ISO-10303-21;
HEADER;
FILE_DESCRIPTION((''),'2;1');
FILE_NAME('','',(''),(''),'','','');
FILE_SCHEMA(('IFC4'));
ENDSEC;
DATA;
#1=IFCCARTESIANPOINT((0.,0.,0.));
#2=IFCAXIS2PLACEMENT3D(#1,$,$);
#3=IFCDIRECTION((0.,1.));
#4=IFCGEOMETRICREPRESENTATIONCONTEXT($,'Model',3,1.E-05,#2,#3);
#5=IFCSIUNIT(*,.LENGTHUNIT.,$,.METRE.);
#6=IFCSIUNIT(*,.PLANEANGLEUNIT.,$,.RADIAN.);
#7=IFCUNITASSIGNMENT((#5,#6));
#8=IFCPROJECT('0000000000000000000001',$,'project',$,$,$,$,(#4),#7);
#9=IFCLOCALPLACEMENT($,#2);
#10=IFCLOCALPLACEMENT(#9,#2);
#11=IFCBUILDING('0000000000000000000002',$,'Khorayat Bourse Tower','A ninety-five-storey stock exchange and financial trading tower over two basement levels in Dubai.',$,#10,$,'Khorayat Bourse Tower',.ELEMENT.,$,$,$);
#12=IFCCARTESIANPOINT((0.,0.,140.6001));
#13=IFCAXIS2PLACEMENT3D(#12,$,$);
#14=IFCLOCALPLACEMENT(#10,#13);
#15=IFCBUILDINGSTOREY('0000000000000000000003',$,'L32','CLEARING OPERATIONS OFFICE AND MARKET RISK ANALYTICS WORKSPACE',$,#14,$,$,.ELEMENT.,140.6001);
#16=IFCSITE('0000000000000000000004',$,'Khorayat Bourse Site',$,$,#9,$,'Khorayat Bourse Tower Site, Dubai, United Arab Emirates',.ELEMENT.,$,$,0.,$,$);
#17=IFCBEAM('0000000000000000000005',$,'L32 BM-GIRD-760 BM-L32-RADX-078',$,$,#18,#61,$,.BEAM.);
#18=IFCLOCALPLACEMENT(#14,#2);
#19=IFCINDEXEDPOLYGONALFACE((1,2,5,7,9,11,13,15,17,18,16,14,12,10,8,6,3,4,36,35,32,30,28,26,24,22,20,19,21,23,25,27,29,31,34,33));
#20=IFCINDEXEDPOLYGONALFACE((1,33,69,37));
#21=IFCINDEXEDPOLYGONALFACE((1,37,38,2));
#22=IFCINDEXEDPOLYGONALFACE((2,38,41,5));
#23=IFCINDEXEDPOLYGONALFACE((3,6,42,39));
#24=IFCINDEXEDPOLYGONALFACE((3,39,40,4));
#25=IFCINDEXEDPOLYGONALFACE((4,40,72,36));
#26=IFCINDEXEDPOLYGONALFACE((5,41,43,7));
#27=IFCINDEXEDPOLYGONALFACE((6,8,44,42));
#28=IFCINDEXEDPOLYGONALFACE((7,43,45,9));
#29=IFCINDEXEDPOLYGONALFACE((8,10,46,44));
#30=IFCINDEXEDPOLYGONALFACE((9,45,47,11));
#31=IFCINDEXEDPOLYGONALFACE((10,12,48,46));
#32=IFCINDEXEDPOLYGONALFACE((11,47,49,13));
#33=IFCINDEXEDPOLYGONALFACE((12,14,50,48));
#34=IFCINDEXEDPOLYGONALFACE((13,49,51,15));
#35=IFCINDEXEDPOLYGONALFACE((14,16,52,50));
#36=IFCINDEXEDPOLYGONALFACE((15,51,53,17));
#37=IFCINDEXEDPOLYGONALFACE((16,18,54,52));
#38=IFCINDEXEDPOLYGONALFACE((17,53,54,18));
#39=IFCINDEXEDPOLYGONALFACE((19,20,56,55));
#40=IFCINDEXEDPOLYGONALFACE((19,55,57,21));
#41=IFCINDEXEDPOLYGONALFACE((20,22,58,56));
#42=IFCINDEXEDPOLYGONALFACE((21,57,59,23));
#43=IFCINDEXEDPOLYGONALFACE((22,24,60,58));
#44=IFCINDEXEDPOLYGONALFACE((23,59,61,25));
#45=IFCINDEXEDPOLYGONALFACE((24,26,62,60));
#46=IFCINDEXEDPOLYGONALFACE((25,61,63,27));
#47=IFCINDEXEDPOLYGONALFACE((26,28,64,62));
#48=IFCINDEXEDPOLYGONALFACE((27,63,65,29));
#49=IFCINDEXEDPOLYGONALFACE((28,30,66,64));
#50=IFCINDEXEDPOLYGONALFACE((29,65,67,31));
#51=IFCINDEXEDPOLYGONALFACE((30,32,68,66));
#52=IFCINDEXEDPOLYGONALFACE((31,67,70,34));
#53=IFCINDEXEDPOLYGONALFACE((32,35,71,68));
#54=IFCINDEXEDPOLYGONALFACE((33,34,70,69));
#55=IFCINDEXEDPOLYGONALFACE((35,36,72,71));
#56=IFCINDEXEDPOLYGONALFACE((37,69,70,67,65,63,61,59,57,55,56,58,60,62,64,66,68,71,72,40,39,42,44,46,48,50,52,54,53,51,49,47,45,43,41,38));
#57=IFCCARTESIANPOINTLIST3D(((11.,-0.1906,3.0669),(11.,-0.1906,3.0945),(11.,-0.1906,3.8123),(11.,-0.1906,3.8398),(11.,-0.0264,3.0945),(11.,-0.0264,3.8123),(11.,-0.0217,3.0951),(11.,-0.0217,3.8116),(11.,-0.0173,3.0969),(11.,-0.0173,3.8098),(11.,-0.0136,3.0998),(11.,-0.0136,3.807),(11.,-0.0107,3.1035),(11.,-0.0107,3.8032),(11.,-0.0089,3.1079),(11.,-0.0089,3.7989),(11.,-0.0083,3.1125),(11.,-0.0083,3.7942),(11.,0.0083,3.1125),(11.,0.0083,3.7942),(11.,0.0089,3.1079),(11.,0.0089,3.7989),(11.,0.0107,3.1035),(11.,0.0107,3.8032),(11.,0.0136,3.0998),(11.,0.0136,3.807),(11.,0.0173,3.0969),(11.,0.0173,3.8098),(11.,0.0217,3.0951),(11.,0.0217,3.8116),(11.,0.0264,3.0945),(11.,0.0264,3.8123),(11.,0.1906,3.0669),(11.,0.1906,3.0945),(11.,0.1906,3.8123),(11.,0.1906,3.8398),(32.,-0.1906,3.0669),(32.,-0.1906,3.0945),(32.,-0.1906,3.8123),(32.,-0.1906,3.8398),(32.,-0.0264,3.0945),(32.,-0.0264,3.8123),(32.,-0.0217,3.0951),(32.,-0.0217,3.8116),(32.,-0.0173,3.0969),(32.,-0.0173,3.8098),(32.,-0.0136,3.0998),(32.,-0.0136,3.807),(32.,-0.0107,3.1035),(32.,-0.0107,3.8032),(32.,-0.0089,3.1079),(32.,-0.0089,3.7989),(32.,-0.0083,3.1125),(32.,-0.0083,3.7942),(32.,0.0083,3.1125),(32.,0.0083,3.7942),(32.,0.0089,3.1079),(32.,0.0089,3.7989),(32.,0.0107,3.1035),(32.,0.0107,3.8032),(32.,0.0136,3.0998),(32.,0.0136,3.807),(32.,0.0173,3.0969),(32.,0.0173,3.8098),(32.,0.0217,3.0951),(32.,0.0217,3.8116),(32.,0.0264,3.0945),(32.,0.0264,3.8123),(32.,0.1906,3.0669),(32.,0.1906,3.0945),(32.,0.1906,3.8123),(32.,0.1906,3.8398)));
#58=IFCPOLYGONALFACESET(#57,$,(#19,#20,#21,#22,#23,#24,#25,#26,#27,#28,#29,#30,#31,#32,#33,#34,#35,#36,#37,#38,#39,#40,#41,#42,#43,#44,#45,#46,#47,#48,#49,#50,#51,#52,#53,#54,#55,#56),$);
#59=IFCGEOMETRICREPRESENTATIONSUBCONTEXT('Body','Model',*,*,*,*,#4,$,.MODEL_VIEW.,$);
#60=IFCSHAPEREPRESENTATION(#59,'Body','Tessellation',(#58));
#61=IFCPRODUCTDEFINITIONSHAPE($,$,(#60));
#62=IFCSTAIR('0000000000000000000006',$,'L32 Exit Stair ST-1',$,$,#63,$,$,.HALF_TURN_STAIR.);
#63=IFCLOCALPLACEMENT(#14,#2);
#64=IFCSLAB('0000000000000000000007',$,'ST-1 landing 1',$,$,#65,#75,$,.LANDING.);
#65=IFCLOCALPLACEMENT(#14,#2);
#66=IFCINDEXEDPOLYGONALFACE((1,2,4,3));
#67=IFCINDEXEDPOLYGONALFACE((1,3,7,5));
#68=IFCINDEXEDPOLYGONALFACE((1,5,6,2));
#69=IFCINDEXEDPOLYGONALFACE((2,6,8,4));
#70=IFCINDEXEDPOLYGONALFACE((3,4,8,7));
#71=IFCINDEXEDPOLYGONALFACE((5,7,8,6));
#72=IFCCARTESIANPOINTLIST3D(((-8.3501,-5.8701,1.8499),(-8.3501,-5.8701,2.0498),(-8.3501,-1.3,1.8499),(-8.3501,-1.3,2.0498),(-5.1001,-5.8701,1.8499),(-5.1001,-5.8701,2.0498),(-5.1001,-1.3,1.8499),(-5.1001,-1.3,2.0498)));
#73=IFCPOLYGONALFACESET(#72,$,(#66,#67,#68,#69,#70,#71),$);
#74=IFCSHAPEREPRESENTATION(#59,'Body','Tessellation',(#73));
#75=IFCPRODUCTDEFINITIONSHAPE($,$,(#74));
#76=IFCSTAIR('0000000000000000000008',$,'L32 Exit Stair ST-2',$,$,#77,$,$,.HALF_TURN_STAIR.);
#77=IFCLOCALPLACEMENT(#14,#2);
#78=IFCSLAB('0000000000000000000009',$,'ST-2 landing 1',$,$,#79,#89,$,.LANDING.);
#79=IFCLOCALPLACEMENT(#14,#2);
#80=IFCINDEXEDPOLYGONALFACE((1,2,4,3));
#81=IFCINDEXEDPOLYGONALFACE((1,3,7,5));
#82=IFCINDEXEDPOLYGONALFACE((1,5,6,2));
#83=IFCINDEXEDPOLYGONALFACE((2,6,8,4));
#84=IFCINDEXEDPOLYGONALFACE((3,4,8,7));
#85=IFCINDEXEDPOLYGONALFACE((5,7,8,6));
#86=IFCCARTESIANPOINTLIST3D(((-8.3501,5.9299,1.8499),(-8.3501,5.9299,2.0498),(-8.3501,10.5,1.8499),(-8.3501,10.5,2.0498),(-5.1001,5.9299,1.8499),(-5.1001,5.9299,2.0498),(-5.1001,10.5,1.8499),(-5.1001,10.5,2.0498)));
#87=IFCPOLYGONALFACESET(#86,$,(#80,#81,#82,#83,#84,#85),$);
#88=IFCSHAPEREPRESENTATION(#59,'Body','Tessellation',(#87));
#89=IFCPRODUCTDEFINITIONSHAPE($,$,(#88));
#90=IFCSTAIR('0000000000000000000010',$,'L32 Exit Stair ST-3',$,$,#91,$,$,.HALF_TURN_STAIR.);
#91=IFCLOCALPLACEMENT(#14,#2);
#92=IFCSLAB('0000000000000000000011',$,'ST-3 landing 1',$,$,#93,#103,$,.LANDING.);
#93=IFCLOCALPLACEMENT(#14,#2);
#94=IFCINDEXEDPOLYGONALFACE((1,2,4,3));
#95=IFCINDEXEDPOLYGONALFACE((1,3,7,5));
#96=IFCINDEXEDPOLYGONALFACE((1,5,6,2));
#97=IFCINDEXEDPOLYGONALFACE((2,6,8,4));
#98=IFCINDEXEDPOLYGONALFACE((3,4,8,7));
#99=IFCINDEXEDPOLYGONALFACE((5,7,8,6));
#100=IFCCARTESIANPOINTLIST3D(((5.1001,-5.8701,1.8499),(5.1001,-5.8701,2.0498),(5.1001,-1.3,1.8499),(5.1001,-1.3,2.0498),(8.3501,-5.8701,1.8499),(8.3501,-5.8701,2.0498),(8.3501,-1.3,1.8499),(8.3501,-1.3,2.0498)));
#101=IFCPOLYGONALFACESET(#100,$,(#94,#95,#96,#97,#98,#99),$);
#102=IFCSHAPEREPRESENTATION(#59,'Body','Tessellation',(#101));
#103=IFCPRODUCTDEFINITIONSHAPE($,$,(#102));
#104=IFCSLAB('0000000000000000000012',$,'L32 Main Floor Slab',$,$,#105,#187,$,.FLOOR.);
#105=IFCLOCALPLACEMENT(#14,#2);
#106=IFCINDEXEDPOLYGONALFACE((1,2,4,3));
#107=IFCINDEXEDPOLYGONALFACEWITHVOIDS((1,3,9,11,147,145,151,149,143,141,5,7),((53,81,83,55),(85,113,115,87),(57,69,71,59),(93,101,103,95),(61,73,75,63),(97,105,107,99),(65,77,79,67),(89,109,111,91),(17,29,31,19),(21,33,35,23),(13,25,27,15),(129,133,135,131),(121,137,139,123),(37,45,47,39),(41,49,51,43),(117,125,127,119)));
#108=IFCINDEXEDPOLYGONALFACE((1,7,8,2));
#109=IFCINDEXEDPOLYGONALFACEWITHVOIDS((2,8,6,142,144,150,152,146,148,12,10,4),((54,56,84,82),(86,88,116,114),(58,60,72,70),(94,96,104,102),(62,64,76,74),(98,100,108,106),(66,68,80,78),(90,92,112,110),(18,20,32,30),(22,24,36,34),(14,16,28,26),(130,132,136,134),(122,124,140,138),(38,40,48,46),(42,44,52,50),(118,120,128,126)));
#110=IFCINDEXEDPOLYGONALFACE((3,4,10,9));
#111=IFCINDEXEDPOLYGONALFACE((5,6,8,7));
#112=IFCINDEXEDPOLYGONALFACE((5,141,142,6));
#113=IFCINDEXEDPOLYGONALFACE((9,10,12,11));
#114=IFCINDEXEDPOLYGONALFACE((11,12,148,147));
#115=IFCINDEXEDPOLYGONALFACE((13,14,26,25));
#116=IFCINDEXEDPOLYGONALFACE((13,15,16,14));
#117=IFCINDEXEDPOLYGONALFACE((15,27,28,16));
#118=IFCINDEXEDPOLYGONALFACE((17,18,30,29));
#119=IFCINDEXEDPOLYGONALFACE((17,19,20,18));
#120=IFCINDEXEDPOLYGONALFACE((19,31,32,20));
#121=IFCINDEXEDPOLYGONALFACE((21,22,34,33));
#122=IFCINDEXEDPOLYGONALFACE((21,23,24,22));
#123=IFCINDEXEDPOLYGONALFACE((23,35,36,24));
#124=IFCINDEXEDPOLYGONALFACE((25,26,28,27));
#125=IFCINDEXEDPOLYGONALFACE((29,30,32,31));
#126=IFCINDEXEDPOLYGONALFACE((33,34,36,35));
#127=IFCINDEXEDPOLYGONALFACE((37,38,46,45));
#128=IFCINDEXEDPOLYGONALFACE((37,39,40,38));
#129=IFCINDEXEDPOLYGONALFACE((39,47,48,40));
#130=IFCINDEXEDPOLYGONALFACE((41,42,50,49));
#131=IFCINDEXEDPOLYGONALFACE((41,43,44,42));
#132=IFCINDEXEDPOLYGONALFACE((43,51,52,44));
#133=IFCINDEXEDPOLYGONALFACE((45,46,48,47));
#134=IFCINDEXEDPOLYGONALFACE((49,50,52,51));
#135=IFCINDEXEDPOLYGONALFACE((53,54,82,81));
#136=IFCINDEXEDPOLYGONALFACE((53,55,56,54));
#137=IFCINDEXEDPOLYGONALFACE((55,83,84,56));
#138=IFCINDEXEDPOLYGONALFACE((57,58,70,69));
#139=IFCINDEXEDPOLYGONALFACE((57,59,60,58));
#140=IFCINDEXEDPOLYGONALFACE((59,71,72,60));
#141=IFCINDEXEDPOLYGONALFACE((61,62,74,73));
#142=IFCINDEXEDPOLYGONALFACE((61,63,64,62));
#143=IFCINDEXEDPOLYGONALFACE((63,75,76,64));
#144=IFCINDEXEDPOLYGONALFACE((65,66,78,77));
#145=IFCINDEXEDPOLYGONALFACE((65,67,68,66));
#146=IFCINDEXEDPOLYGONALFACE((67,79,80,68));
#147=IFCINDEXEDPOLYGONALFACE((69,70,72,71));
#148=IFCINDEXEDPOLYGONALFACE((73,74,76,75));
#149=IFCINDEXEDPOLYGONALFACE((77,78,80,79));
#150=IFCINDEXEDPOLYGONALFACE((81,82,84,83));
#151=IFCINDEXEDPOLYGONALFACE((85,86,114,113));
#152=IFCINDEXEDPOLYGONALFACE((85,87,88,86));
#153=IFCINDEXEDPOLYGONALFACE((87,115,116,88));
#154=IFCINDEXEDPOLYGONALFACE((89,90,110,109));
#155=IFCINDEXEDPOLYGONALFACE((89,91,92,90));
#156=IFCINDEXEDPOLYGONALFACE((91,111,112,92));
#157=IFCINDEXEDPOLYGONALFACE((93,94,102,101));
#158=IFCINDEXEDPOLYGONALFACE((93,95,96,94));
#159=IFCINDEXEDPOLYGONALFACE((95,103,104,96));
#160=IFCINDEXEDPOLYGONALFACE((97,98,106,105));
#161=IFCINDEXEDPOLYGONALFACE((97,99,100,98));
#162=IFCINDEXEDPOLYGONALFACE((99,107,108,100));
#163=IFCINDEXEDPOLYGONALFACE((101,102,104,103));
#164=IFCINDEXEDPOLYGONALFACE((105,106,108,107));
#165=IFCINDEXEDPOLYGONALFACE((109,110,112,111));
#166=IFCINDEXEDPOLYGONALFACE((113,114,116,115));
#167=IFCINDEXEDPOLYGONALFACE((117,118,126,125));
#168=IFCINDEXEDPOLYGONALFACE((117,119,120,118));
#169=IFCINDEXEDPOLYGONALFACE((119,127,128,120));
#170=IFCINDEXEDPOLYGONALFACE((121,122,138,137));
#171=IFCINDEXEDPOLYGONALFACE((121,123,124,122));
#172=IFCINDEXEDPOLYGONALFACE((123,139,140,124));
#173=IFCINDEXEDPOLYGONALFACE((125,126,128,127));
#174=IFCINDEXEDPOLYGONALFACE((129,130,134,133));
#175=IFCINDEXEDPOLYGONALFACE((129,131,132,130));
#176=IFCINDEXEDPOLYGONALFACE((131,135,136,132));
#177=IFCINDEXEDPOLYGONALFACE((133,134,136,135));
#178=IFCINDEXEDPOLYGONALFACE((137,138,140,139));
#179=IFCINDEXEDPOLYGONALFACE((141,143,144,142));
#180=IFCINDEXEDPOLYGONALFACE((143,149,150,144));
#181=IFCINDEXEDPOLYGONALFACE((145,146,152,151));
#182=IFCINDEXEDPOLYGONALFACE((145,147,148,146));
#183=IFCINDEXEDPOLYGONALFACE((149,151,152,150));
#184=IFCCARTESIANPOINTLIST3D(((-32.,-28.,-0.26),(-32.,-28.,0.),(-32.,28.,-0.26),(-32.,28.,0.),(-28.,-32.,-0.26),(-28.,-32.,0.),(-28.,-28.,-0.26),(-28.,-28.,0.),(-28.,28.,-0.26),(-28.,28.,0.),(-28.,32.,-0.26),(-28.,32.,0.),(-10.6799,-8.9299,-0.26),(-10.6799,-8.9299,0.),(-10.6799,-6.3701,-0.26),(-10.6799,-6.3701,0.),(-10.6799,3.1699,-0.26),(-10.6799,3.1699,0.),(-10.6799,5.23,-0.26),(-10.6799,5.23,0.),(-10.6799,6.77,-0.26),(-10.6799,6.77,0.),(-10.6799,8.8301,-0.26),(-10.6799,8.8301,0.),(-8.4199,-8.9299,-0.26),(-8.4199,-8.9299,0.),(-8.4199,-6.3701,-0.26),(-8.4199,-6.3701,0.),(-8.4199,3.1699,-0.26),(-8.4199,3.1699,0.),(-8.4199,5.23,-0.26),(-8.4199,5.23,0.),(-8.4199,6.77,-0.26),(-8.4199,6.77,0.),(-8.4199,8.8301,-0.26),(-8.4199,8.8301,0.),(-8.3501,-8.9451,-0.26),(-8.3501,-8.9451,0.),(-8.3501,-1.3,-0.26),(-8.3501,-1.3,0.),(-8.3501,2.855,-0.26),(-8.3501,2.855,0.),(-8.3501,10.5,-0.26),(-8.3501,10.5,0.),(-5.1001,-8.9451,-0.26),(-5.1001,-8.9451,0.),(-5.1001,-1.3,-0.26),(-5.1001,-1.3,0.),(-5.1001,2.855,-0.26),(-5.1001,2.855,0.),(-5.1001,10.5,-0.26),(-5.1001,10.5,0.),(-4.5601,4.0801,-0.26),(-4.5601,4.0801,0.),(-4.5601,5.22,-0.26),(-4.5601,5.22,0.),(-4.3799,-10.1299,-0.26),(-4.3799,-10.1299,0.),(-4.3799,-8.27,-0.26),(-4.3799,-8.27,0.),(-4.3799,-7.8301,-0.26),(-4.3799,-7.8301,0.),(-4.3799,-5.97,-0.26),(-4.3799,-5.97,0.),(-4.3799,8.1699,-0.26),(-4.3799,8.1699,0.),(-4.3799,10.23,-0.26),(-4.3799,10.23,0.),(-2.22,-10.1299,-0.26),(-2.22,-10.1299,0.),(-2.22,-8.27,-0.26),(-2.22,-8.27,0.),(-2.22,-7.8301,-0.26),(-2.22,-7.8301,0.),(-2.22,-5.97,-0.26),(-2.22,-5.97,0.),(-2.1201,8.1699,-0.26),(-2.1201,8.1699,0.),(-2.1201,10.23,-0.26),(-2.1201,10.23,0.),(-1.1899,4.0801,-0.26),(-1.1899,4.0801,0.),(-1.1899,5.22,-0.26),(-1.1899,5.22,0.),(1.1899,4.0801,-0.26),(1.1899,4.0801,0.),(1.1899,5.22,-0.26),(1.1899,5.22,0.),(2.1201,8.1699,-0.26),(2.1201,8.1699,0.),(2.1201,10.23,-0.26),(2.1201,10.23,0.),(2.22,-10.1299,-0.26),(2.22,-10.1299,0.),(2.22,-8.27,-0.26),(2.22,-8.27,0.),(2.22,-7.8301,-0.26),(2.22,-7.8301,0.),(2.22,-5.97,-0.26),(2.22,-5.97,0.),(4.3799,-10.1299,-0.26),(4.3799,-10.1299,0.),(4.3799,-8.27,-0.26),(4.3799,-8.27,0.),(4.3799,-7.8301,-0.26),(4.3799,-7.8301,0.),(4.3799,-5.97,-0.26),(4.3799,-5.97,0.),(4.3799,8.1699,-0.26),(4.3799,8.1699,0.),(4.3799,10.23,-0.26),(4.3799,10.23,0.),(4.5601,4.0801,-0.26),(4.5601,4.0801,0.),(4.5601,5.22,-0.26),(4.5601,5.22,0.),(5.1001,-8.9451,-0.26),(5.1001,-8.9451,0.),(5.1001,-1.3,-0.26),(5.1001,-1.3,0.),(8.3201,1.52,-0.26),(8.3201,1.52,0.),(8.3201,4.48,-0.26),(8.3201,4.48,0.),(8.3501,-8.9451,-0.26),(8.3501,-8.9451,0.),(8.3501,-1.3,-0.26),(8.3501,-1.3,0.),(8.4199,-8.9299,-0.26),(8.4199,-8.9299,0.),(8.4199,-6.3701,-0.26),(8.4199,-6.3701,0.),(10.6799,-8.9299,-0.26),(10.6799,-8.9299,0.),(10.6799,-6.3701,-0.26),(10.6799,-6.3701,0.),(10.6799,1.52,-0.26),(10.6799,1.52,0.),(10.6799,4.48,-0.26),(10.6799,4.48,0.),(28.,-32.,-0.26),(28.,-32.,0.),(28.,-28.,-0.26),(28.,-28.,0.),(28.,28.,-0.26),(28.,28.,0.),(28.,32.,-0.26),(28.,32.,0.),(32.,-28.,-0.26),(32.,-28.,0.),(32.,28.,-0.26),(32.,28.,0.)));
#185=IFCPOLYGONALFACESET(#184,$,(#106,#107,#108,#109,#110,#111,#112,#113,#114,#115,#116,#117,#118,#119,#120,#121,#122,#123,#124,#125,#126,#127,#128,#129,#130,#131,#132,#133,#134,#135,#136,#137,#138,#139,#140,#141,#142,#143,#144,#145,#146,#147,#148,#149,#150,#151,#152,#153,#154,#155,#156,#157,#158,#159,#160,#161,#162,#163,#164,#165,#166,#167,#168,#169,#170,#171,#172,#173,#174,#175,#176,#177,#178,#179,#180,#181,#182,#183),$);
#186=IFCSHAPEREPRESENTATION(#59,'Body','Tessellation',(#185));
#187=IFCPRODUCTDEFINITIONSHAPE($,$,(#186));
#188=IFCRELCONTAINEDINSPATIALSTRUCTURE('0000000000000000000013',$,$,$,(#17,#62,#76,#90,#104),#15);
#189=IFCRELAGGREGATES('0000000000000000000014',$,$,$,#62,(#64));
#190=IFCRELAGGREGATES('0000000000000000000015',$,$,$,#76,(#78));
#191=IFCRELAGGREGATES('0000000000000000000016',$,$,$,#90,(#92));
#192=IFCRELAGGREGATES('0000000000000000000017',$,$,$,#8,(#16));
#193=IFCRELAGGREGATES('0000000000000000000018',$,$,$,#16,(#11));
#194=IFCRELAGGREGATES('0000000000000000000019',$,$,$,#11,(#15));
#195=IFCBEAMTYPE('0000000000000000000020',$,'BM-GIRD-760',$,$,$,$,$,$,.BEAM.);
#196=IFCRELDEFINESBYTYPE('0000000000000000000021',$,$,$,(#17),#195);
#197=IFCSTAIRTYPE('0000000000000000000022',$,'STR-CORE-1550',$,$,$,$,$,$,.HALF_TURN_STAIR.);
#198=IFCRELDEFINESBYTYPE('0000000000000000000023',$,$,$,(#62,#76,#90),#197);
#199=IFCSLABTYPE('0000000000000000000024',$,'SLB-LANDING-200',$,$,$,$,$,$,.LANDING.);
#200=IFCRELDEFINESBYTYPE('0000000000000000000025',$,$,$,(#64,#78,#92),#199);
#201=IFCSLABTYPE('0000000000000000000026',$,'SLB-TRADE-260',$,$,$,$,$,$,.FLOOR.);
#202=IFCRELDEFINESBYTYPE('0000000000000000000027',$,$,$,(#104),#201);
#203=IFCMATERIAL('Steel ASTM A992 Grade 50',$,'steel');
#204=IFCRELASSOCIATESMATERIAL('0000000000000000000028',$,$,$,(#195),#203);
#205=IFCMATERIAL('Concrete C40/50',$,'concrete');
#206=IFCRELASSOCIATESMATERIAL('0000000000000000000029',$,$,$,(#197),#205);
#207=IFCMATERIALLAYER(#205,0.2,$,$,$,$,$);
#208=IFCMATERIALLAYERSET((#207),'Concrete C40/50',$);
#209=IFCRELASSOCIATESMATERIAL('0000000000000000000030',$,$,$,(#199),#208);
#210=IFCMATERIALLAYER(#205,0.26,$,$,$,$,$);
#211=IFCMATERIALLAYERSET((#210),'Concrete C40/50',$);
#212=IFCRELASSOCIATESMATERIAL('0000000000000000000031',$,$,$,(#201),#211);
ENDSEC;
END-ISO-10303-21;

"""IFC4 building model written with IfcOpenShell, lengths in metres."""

from ifc_helpers import new_model, si_unit, direction, frame, origin, origin_2d, place, context, subcontext, project, spatial, polyline, i_section, outline, extrude, source, transform, mapped, material, layer, layer_set, material_profile, profile_set, type_object, element, aggregate, save


model = new_model("IFC4")

# Units and contexts
model_context = context("Model", 3, precision=1e-05, world=origin(), true_north=direction((0.0, 1.0)))
body_context = subcontext(model_context, "Body", "Model", "MODEL_VIEW")
ifc_project = project(units=[si_unit("LENGTHUNIT", "METRE"), si_unit("PLANEANGLEUNIT", "RADIAN")], contexts=[model_context])

# Site, building, storey
site_placement = place(None, origin())
site = spatial("IfcSite", under=ifc_project, at=site_placement, Name="Khorayat Bourse Site", LongName="Khorayat Bourse Tower Site, Dubai, United Arab Emirates", CompositionType="ELEMENT", RefElevation=0.0)
building_placement = place(site_placement, origin())
building = spatial("IfcBuilding", under=site, at=building_placement, Name="Khorayat Bourse Tower", Description="A ninety-five-storey stock exchange and financial trading tower over two basement levels in Dubai.", LongName="Khorayat Bourse Tower", CompositionType="ELEMENT")
storey_placement = place(building_placement, frame((0.0, 0.0, 140.6001)))
storey = spatial("IfcBuildingStorey", under=building, at=storey_placement, Name="L32", Description="CLEARING OPERATIONS OFFICE AND MARKET RISK ANALYTICS WORKSPACE", CompositionType="ELEMENT", Elevation=140.6001)

# Beam
ifc_material_1 = material(Name="Steel ASTM A992 Grade 50", Category="steel")
ifc_material_profile_1 = material_profile(ifc_material_1, i_section(OverallWidth=0.3811, OverallDepth=0.7729, WebThickness=0.0166, FlangeThickness=0.0276, FilletRadius=0.0181, at=origin_2d()), Name="W760X257")
ifc_profile_set_1 = profile_set([ifc_material_profile_1], Name="Steel ASTM A992 Grade 50")
beam_type_1 = type_object("IfcBeamType", Name="BM-GIRD-760", PredefinedType="BEAM", material=ifc_profile_set_1)
shared_shape_1 = source(origin(), body_context, "Body", "SweptSolid", [
    extrude(i_section(OverallWidth=0.3811, OverallDepth=0.7729, WebThickness=0.0166, FlangeThickness=0.0276, FilletRadius=0.0181, at=origin_2d()), origin(), (0.0, 0.0, 1.0), 21.0),
])
beam_1_placement = place(storey_placement, frame((11.0, 0.0, 3.4534), z_axis=(1.0, 0.0, 0.0), x_axis=(0.0, 1.0, 0.0)))
element("IfcBeam", 1, at=beam_1_placement, inside=storey, type_object=beam_type_1, Name="L32 BM-GIRD-760 BM-L32-RADX-078", PredefinedType="BEAM", context=body_context, shape_type="MappedRepresentation", body=[
    mapped(shared_shape_1, transform((0.0, 0.0, 0.0), scale=1.0)),
])

# Stairs, slabs
ifc_material_2 = material(Name="Concrete C40/50", Category="concrete")
stair_type = type_object("IfcStairType", Name="STR-CORE-1550", PredefinedType="HALF_TURN_STAIR", material=ifc_material_2)
stair_1_placement = place(storey_placement, origin())
stair_1 = element("IfcStair", 2, at=stair_1_placement, inside=storey, type_object=stair_type, Name="L32 Exit Stair ST-1", PredefinedType="HALF_TURN_STAIR")
ifc_layer_1 = layer(ifc_material_2, 0.2)
ifc_layer_set_1 = layer_set([ifc_layer_1], Name="Concrete C40/50")
slab_type_1 = type_object("IfcSlabType", Name="SLB-LANDING-200", PredefinedType="LANDING", material=ifc_layer_set_1)
slab_1_placement = place(storey_placement, frame((0.0, 0.0, 1.8499)))
slab_1 = element("IfcSlab", 3, at=slab_1_placement, type_object=slab_type_1, Name="ST-1 landing 1", PredefinedType="LANDING", context=body_context, shape_type="SweptSolid", body=[
    extrude(outline(polyline([(-5.1001, -5.8701), (-5.1001, -1.3), (-8.3501, -1.3), (-8.3501, -5.8701), (-5.1001, -5.8701)])), origin(), (0.0, 0.0, 1.0), 0.2),
])
aggregate(stair_1, [slab_1])
stair_2_placement = place(storey_placement, origin())
stair_2 = element("IfcStair", 4, at=stair_2_placement, inside=storey, type_object=stair_type, Name="L32 Exit Stair ST-2", PredefinedType="HALF_TURN_STAIR")
slab_2_placement = place(storey_placement, frame((0.0, 0.0, 1.8499)))
slab_2 = element("IfcSlab", 5, at=slab_2_placement, type_object=slab_type_1, Name="ST-2 landing 1", PredefinedType="LANDING", context=body_context, shape_type="SweptSolid", body=[
    extrude(outline(polyline([(-5.1001, 5.9299), (-5.1001, 10.5), (-8.3501, 10.5), (-8.3501, 5.9299), (-5.1001, 5.9299)])), origin(), (0.0, 0.0, 1.0), 0.2),
])
aggregate(stair_2, [slab_2])
stair_3_placement = place(storey_placement, origin())
stair_3 = element("IfcStair", 6, at=stair_3_placement, inside=storey, type_object=stair_type, Name="L32 Exit Stair ST-3", PredefinedType="HALF_TURN_STAIR")
slab_3_placement = place(storey_placement, frame((0.0, 0.0, 1.8499)))
slab_3 = element("IfcSlab", 7, at=slab_3_placement, type_object=slab_type_1, Name="ST-3 landing 1", PredefinedType="LANDING", context=body_context, shape_type="SweptSolid", body=[
    extrude(outline(polyline([(8.3501, -5.8701), (8.3501, -1.3), (5.1001, -1.3), (5.1001, -5.8701), (8.3501, -5.8701)])), origin(), (0.0, 0.0, 1.0), 0.2),
])
aggregate(stair_3, [slab_3])

# Slab
ifc_layer_2 = layer(ifc_material_2, 0.26)
ifc_layer_set_2 = layer_set([ifc_layer_2], Name="Concrete C40/50")
slab_type_2 = type_object("IfcSlabType", Name="SLB-TRADE-260", PredefinedType="FLOOR", material=ifc_layer_set_2)
slab_4_placement = place(storey_placement, frame((0.0, 0.0, -0.26)))
element("IfcSlab", 8, at=slab_4_placement, inside=storey, type_object=slab_type_2, Name="L32 Main Floor Slab", PredefinedType="FLOOR", context=body_context, shape_type="SweptSolid", body=[
    extrude(outline(polyline([(-28.0, -32.0), (28.0, -32.0), (28.0, -28.0), (32.0, -28.0), (32.0, 28.0), (28.0, 28.0), (28.0, 32.0), (-28.0, 32.0), (-28.0, 28.0), (-32.0, 28.0), (-32.0, -28.0), (-28.0, -28.0), (-28.0, -32.0)]), holes=[polyline([(-8.3501, -8.9451), (-5.1001, -8.9451), (-5.1001, -1.3), (-8.3501, -1.3), (-8.3501, -8.9451)]), polyline([(-8.3501, 2.855), (-5.1001, 2.855), (-5.1001, 10.5), (-8.3501, 10.5), (-8.3501, 2.855)]), polyline([(5.1001, -8.9451), (8.3501, -8.9451), (8.3501, -1.3), (5.1001, -1.3), (5.1001, -8.9451)]), polyline([(-4.3799, -10.1299), (-2.22, -10.1299), (-2.22, -8.27), (-4.3799, -8.27), (-4.3799, -10.1299)]), polyline([(2.22, -10.1299), (4.3799, -10.1299), (4.3799, -8.27), (2.22, -8.27), (2.22, -10.1299)]), polyline([(-4.3799, -7.8301), (-2.22, -7.8301), (-2.22, -5.97), (-4.3799, -5.97), (-4.3799, -7.8301)]), polyline([(2.22, -7.8301), (4.3799, -7.8301), (4.3799, -5.97), (2.22, -5.97), (2.22, -7.8301)]), polyline([(-4.3799, 8.1699), (-2.1201, 8.1699), (-2.1201, 10.23), (-4.3799, 10.23), (-4.3799, 8.1699)]), polyline([(2.1201, 8.1699), (4.3799, 8.1699), (4.3799, 10.23), (2.1201, 10.23), (2.1201, 8.1699)]), polyline([(-10.6799, 3.1699), (-8.4199, 3.1699), (-8.4199, 5.23), (-10.6799, 5.23), (-10.6799, 3.1699)]), polyline([(-10.6799, 6.77), (-8.4199, 6.77), (-8.4199, 8.8301), (-10.6799, 8.8301), (-10.6799, 6.77)]), polyline([(-10.6799, -8.9299), (-8.4199, -8.9299), (-8.4199, -6.3701), (-10.6799, -6.3701), (-10.6799, -8.9299)]), polyline([(8.4199, -8.9299), (10.6799, -8.9299), (10.6799, -6.3701), (8.4199, -6.3701), (8.4199, -8.9299)]), polyline([(8.3201, 1.52), (10.6799, 1.52), (10.6799, 4.48), (8.3201, 4.48), (8.3201, 1.52)]), polyline([(-4.5601, 4.0801), (-1.1899, 4.0801), (-1.1899, 5.22), (-4.5601, 5.22), (-4.5601, 4.0801)]), polyline([(1.1899, 4.0801), (4.5601, 4.0801), (4.5601, 5.22), (1.1899, 5.22), (1.1899, 4.0801)])]), origin(), (0.0, 0.0, 1.0), 0.26),
])

save(model, "model.ifc")
